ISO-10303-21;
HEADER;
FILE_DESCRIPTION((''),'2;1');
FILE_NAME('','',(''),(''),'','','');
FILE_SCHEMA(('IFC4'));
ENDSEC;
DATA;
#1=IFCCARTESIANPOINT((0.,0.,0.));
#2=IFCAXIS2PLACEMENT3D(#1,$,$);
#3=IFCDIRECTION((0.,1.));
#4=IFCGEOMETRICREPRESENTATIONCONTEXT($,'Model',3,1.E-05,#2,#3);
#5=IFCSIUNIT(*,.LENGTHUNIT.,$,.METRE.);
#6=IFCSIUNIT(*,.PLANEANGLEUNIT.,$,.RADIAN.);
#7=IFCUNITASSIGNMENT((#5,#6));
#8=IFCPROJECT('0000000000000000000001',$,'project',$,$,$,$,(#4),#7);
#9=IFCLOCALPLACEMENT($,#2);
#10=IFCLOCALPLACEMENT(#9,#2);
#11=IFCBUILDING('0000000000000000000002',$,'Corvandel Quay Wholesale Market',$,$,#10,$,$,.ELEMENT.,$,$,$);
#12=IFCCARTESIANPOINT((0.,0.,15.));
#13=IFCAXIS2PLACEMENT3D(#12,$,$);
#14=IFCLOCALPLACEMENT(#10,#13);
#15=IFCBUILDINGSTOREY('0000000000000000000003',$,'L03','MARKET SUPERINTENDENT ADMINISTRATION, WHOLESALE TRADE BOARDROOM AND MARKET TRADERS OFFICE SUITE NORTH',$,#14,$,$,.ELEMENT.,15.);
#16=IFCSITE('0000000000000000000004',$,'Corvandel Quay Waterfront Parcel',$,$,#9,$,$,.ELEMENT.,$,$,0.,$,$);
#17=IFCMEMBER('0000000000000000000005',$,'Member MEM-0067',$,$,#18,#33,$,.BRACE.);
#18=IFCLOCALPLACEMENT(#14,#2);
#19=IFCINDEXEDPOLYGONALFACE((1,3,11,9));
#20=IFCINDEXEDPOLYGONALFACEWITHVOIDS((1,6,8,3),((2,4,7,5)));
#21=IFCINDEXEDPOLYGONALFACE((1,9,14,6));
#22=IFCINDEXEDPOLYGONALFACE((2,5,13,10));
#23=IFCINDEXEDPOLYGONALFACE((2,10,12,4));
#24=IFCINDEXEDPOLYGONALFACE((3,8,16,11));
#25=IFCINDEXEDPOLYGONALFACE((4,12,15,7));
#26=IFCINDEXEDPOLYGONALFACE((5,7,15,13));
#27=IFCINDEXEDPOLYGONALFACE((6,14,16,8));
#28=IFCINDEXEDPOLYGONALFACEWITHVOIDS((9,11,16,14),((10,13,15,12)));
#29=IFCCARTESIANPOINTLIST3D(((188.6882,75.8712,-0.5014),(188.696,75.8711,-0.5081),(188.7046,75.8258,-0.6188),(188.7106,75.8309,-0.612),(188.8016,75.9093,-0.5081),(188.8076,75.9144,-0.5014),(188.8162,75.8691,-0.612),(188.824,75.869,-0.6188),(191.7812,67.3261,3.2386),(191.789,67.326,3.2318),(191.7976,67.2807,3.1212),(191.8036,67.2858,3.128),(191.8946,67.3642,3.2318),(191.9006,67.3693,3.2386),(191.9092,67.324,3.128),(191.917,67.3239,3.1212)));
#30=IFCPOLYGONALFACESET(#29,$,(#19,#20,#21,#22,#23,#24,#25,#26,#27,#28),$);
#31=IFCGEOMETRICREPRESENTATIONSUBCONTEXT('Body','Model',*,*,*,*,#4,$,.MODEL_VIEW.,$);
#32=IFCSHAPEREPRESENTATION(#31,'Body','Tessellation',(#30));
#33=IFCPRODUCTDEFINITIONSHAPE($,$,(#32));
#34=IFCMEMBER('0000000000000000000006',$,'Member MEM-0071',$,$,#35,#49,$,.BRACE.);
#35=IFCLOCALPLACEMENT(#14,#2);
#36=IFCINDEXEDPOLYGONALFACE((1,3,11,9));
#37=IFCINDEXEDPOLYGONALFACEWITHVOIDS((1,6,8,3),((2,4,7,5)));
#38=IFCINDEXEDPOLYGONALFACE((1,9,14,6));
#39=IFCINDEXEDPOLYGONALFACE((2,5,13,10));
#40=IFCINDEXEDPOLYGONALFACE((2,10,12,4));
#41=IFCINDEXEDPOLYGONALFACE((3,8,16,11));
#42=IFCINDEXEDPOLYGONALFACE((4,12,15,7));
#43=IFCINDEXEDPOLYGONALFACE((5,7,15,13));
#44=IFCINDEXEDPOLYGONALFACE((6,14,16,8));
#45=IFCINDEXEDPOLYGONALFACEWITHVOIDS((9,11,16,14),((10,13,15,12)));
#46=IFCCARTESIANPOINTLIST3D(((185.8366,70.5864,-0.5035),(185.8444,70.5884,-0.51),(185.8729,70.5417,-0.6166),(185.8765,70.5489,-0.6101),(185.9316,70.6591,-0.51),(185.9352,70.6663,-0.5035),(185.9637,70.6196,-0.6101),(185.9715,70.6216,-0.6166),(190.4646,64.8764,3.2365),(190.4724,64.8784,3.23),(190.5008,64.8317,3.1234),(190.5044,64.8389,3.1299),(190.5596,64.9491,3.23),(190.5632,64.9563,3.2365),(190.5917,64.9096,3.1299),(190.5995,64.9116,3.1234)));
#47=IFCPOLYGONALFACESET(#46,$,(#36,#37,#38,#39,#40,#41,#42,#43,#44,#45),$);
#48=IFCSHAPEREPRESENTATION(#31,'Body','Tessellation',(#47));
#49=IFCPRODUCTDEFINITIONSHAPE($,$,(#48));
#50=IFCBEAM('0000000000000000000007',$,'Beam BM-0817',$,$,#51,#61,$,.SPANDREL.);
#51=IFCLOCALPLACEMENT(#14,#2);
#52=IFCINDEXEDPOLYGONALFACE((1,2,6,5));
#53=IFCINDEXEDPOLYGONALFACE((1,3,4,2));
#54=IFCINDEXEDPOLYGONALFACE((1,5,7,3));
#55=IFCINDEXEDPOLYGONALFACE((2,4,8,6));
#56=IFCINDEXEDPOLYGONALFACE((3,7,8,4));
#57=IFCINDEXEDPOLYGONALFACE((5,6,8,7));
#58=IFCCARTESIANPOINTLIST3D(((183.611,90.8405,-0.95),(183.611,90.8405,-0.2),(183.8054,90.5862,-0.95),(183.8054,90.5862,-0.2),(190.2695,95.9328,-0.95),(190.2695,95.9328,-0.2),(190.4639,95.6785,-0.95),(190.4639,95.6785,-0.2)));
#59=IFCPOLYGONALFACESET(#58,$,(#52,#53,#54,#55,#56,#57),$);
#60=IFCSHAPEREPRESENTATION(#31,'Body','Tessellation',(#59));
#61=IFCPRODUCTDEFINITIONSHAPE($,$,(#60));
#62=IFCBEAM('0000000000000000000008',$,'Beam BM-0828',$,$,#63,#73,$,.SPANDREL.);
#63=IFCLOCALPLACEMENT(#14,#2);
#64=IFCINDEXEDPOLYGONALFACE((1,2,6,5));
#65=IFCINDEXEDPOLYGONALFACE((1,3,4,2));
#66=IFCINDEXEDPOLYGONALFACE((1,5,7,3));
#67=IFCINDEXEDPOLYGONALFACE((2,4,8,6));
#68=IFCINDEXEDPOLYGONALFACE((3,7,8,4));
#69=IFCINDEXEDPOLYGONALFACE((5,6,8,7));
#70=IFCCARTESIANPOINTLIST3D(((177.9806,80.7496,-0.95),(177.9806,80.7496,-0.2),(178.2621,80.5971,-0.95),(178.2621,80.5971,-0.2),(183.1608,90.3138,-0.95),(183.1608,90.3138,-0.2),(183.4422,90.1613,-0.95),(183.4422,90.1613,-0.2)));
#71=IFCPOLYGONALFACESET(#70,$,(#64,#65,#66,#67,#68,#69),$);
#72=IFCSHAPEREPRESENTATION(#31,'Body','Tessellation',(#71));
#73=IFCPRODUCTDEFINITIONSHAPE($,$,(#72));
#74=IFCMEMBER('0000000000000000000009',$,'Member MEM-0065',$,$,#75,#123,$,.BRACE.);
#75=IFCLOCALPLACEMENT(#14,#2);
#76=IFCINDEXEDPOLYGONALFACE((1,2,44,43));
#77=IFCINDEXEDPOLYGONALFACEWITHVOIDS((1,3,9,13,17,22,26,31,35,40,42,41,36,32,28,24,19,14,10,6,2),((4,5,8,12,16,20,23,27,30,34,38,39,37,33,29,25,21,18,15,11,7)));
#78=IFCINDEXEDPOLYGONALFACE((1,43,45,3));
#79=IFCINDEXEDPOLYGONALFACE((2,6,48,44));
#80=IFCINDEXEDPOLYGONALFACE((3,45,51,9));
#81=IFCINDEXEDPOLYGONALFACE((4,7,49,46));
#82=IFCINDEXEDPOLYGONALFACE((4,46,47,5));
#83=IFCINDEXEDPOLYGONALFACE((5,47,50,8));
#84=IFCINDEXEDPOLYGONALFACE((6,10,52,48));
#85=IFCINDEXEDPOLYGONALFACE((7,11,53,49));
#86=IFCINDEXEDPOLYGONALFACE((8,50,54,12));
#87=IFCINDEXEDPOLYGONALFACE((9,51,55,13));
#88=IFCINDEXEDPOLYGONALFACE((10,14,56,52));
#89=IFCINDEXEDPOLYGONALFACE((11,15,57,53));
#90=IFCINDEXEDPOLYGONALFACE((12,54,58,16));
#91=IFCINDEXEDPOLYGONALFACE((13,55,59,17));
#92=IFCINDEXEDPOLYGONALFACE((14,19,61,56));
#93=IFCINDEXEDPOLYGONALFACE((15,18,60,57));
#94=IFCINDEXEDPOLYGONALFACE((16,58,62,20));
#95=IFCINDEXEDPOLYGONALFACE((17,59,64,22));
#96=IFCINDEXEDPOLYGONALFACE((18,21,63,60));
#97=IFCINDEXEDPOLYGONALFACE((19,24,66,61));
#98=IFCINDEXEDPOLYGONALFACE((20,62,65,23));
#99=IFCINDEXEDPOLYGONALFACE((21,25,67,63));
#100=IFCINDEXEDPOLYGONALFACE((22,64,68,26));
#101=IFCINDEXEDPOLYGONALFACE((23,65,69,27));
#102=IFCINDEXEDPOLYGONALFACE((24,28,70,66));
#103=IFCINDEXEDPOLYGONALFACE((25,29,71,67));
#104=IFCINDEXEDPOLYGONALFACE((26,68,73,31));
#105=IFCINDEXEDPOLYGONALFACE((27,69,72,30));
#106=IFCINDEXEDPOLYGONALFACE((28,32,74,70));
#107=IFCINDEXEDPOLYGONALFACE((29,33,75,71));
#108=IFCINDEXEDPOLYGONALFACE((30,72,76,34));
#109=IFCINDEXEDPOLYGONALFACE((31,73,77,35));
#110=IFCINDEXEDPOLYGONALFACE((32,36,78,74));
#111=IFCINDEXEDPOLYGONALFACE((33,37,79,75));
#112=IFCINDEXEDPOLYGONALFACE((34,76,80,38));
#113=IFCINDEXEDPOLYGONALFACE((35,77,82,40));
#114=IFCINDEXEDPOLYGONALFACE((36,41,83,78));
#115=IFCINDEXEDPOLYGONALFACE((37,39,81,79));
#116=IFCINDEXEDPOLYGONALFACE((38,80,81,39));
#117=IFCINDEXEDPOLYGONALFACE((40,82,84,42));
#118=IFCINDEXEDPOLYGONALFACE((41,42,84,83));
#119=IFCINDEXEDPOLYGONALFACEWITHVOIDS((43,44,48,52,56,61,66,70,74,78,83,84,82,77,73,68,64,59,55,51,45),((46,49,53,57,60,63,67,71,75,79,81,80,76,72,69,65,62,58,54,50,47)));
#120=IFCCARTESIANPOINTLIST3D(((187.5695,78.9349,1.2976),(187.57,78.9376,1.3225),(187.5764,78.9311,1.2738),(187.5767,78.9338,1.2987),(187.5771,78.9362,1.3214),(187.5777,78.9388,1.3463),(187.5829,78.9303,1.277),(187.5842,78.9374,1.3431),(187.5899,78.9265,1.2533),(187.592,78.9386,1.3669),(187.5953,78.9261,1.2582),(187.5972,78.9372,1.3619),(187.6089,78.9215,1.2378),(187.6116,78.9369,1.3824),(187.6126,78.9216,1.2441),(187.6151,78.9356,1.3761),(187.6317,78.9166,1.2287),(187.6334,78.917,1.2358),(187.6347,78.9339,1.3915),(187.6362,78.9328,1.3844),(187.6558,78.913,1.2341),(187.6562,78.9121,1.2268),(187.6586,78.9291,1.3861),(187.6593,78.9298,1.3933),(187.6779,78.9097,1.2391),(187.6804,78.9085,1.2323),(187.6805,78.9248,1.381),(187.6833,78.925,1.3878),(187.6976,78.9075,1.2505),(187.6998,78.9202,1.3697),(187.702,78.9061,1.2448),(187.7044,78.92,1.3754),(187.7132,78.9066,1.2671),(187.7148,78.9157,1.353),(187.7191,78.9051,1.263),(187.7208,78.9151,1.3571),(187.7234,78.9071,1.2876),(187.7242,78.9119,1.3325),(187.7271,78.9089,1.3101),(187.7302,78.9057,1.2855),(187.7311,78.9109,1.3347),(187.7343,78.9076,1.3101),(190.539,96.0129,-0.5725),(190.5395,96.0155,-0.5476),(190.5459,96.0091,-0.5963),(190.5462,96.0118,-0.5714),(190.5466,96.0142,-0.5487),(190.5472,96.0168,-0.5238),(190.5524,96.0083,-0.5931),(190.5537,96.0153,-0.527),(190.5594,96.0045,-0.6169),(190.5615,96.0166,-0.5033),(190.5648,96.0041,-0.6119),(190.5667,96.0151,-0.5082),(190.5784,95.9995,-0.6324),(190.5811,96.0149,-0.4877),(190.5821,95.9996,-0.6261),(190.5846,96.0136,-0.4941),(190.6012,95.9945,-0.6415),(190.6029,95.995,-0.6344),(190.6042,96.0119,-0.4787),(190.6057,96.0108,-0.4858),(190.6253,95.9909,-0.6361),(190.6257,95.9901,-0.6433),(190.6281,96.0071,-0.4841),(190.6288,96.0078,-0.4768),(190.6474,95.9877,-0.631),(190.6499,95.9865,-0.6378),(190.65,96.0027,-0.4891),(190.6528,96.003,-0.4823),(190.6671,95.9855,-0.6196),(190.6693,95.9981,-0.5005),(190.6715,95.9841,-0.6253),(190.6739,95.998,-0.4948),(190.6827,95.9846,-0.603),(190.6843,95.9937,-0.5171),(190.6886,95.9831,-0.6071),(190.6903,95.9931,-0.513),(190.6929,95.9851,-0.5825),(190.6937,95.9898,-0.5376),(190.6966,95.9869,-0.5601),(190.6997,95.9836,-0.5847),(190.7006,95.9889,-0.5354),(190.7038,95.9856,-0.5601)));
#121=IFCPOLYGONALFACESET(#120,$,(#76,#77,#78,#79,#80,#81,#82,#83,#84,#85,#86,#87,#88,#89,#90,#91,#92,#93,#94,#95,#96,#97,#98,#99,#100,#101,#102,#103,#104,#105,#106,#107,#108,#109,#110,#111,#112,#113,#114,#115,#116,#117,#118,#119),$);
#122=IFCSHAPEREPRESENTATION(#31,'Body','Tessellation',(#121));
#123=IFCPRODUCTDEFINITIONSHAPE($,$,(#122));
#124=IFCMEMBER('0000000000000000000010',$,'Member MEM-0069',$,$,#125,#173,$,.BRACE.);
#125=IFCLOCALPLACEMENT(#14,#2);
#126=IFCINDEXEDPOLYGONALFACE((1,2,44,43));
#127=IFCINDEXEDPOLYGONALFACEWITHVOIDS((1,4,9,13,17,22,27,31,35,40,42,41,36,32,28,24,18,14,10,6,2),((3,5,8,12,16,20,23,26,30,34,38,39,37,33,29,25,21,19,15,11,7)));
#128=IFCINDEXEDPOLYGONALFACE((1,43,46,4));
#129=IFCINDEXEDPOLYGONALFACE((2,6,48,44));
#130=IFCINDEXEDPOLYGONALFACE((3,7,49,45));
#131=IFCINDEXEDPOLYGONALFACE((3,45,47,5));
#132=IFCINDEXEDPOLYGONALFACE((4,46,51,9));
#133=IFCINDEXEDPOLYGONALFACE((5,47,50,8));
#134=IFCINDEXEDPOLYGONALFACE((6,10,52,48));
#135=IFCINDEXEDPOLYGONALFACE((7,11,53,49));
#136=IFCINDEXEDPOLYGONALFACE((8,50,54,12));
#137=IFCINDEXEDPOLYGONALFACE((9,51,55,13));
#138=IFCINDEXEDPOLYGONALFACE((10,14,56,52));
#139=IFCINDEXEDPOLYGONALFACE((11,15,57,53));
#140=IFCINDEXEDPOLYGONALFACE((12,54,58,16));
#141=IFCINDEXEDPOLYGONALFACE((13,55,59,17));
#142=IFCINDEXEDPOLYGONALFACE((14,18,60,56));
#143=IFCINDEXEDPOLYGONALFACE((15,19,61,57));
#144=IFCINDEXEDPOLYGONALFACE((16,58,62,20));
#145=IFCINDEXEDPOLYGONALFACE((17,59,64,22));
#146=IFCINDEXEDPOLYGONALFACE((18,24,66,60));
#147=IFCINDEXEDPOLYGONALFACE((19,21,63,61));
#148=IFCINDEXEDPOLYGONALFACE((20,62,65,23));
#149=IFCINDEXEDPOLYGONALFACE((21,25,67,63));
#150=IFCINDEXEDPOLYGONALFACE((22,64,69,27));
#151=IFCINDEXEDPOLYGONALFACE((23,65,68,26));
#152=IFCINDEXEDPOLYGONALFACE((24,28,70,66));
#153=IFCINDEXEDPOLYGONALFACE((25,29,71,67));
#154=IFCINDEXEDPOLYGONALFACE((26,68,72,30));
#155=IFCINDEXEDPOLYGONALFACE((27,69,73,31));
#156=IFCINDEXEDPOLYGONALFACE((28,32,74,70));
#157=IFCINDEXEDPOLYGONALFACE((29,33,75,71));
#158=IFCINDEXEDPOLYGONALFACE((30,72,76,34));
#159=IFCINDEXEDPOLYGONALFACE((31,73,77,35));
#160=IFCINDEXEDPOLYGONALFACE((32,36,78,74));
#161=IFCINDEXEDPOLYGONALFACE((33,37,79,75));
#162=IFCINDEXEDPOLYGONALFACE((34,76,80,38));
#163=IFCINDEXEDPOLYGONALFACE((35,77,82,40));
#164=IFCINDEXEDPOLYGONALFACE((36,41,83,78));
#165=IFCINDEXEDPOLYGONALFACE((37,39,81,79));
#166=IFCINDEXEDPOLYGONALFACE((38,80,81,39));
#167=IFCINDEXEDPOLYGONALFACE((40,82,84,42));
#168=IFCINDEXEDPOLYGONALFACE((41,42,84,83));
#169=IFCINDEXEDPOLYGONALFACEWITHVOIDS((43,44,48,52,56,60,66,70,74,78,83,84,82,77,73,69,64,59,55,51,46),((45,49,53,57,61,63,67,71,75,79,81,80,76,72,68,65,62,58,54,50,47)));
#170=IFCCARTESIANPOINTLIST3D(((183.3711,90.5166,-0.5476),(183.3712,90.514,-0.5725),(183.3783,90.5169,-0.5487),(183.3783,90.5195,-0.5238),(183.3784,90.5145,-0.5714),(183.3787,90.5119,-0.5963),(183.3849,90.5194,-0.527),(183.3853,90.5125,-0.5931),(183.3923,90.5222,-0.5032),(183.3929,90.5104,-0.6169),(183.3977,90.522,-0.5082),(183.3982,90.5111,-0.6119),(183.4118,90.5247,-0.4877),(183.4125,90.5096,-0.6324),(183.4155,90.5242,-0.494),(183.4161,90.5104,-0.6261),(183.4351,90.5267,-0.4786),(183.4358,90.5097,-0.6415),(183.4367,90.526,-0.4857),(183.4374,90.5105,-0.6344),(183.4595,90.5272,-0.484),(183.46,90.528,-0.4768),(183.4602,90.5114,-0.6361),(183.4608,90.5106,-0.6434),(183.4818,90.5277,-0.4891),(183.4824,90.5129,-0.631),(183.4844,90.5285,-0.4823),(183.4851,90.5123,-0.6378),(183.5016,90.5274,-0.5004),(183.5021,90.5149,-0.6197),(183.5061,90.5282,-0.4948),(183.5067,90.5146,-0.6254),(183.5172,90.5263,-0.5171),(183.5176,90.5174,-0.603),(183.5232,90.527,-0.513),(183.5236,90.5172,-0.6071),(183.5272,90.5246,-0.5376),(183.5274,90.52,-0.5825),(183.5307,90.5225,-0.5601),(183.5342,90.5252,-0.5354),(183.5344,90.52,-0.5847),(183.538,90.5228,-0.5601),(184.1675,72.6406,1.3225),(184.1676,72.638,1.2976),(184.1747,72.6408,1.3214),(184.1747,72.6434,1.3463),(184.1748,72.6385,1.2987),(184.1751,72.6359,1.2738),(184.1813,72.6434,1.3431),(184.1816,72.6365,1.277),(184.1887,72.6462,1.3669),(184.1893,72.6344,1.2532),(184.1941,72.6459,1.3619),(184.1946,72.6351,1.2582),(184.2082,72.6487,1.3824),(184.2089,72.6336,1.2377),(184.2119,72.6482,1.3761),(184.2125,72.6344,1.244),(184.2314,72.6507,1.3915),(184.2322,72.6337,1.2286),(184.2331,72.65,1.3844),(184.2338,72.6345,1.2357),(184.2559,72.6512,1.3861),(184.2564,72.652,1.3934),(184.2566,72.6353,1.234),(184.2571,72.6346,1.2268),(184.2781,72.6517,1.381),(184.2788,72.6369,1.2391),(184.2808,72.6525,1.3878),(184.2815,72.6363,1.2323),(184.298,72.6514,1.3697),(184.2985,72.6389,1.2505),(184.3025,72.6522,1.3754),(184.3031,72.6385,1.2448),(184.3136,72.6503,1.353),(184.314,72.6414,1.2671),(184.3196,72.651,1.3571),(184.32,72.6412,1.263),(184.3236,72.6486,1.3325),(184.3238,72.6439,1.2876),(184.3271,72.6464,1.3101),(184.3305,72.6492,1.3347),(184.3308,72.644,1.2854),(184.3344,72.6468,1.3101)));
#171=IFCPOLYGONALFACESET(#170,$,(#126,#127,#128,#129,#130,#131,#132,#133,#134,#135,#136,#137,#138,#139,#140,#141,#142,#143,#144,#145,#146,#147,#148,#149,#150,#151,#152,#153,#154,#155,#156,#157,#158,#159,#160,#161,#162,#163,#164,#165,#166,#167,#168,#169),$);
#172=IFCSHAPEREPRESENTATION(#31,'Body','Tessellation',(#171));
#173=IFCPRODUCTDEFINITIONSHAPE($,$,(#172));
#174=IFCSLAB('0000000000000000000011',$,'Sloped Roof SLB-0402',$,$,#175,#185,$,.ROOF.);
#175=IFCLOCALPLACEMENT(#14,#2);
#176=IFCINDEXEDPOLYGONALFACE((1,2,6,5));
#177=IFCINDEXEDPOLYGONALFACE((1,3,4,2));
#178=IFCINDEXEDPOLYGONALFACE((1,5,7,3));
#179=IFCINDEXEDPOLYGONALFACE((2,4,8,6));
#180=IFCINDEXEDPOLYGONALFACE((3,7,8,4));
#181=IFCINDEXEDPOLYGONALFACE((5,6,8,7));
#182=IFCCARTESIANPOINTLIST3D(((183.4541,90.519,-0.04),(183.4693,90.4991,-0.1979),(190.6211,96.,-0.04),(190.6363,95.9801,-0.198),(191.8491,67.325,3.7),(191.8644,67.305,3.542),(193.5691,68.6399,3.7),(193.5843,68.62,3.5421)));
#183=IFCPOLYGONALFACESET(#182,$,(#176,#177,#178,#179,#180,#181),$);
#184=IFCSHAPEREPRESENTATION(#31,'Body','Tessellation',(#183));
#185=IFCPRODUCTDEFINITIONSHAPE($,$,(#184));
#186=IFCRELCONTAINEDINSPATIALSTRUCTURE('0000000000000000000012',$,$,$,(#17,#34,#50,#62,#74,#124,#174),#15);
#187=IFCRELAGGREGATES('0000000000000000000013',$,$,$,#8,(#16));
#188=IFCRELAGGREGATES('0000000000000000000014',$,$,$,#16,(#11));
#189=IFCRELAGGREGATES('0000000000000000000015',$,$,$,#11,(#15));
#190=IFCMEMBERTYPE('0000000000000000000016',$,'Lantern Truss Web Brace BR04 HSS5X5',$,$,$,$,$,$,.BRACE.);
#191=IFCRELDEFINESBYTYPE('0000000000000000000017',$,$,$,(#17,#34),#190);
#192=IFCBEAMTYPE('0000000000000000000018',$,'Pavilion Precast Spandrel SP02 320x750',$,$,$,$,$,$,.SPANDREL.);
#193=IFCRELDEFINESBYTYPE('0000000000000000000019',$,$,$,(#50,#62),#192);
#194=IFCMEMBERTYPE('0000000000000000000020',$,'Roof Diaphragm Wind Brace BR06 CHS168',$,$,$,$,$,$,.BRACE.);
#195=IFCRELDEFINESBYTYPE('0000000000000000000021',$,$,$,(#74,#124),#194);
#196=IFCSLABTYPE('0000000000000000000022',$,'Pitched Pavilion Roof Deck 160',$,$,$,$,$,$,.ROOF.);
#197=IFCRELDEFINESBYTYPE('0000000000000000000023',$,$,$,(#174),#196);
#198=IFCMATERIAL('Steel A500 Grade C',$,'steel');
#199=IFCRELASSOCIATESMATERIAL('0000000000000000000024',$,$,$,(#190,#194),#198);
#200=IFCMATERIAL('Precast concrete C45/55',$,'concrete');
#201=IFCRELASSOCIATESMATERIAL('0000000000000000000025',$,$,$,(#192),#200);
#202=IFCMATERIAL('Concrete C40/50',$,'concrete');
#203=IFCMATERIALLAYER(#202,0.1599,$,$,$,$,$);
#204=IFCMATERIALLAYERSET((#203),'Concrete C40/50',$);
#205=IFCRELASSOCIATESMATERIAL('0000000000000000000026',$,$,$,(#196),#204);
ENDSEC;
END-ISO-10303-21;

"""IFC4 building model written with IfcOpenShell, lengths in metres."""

from ifc_helpers import new_model, si_unit, direction, frame, origin, origin_2d, place, context, subcontext, project, spatial, polyline, rectangle, hollow_rectangle, hollow_circle, outline, extrude, material, layer, layer_set, material_profile, profile_set, type_object, element, save


model = new_model("IFC4")

# Units and contexts
model_context = context("Model", 3, precision=1e-05, world=origin(), true_north=direction((0.0, 1.0)))
body_context = subcontext(model_context, "Body", "Model", "MODEL_VIEW")
ifc_project = project(units=[si_unit("LENGTHUNIT", "METRE"), si_unit("PLANEANGLEUNIT", "RADIAN")], contexts=[model_context])

# Site, building, storey
site_placement = place(None, origin())
site = spatial("IfcSite", under=ifc_project, at=site_placement, Name="Corvandel Quay Waterfront Parcel", CompositionType="ELEMENT", RefElevation=0.0)
building_placement = place(site_placement, origin())
building = spatial("IfcBuilding", under=site, at=building_placement, Name="Corvandel Quay Wholesale Market", CompositionType="ELEMENT")
storey_placement = place(building_placement, frame((0.0, 0.0, 15.0)))
storey = spatial("IfcBuildingStorey", under=building, at=storey_placement, Name="L03", Description="MARKET SUPERINTENDENT ADMINISTRATION, WHOLESALE TRADE BOARDROOM AND MARKET TRADERS OFFICE SUITE NORTH", CompositionType="ELEMENT", Elevation=15.0)

# Shared definitions
ifc_material_1 = material(Name="Steel A500 Grade C", Category="steel")

# Shared definitions
ifc_material_2 = material(Name="Precast concrete C45/55", Category="concrete")

# Members
ifc_material_profile_1 = material_profile(ifc_material_1, hollow_rectangle(XDim=0.127, YDim=0.127, WallThickness=0.0073, at=origin_2d()), Name="HSS5X5X5/16")
ifc_profile_set_1 = profile_set([ifc_material_profile_1], Name="Steel A500 Grade C")
member_type_1 = type_object("IfcMemberType", Name="Lantern Truss Web Brace BR04 HSS5X5", PredefinedType="BRACE", material=ifc_profile_set_1)
member_1_placement = place(storey_placement, frame((188.7561, 75.8701, -0.5601), z_axis=(0.31474, -0.869541, 0.380575), x_axis=(0.940298, 0.340351, 0.0)))
element("IfcMember", 1, at=member_1_placement, inside=storey, type_object=member_type_1, Name="Member MEM-0067", PredefinedType="BRACE", context=body_context, shape_type="SweptSolid", body=[
    extrude(hollow_rectangle(XDim=0.127, YDim=0.127, WallThickness=0.0073, at=origin_2d()), origin(), (0.0, 0.0, 1.0), 9.8271),
])
member_2_placement = place(storey_placement, frame((185.9041, 70.604, -0.5601), z_axis=(0.561182, -0.692389, 0.453511), x_axis=(0.776873, 0.629657, 0.0)))
element("IfcMember", 2, at=member_2_placement, inside=storey, type_object=member_type_1, Name="Member MEM-0071", PredefinedType="BRACE", context=body_context, shape_type="SweptSolid", body=[
    extrude(hollow_rectangle(XDim=0.127, YDim=0.127, WallThickness=0.0073, at=origin_2d()), origin(), (0.0, 0.0, 1.0), 8.2468),
])

# Beams
ifc_material_profile_2 = material_profile(ifc_material_2, rectangle(XDim=0.3201, YDim=0.75, at=origin_2d()), Name="PC-SPN-320x750")
ifc_profile_set_2 = profile_set([ifc_material_profile_2], Name="Precast concrete C45/55")
beam_type_1 = type_object("IfcBeamType", Name="Pavilion Precast Spandrel SP02 320x750", PredefinedType="SPANDREL", material=ifc_profile_set_2)
beam_1_placement = place(storey_placement, frame((190.3667, 95.8057, -0.575), z_axis=(-0.794327, -0.60749, 0.0), x_axis=(0.60749, -0.794327, 0.0)))
element("IfcBeam", 3, at=beam_1_placement, inside=storey, type_object=beam_type_1, Name="Beam BM-0817", PredefinedType="SPANDREL", context=body_context, shape_type="SweptSolid", body=[
    extrude(rectangle(XDim=0.3201, YDim=0.75, at=origin_2d()), origin(), (0.0, 0.0, 1.0), 8.3826),
])
beam_2_placement = place(storey_placement, frame((183.3015, 90.2375, -0.575), z_axis=(-0.476252, -0.879309, 0.0), x_axis=(0.879309, -0.476252, 0.0)))
element("IfcBeam", 4, at=beam_2_placement, inside=storey, type_object=beam_type_1, Name="Beam BM-0828", PredefinedType="SPANDREL", context=body_context, shape_type="SweptSolid", body=[
    extrude(rectangle(XDim=0.3201, YDim=0.75, at=origin_2d()), origin(), (0.0, 0.0, 1.0), 10.877),
])

# Members
ifc_material_profile_3 = material_profile(ifc_material_1, hollow_circle(Radius=0.084, WallThickness=0.0073, at=origin_2d()), Name="HSS6.625X0.312")
ifc_profile_set_3 = profile_set([ifc_material_profile_3], Name="Steel A500 Grade C")
member_type_2 = type_object("IfcMemberType", Name="Roof Diaphragm Wind Brace BR06 CHS168", PredefinedType="BRACE", material=ifc_profile_set_3)
member_3_placement = place(storey_placement, frame((190.6211, 96.0, -0.5601), z_axis=(-0.17032, -0.979533, 0.107264), x_axis=(0.985217, -0.171308, 0.0)))
element("IfcMember", 5, at=member_3_placement, inside=storey, type_object=member_type_2, Name="Member MEM-0065", PredefinedType="BRACE", context=body_context, shape_type="SweptSolid", body=[
    extrude(hollow_circle(Radius=0.084, WallThickness=0.0073, at=origin_2d()), origin(), (0.0, 0.0, 1.0), 17.4348),
])
member_4_placement = place(storey_placement, frame((183.4541, 90.519, -0.5601), z_axis=(0.044265, -0.993597, 0.103946), x_axis=(0.999009, 0.044507, 0.0)))
element("IfcMember", 6, at=member_4_placement, inside=storey, type_object=member_type_2, Name="Member MEM-0069", PredefinedType="BRACE", context=body_context, shape_type="SweptSolid", body=[
    extrude(hollow_circle(Radius=0.084, WallThickness=0.0073, at=origin_2d()), origin(), (0.0, 0.0, 1.0), 17.9912),
])

# Slab
ifc_material_3 = material(Name="Concrete C40/50", Category="concrete")
ifc_layer_1 = layer(ifc_material_3, 0.1599)
ifc_layer_set_1 = layer_set([ifc_layer_1], Name="Concrete C40/50")
slab_type = type_object("IfcSlabType", Name="Pitched Pavilion Roof Deck 160", PredefinedType="ROOF", material=ifc_layer_set_1)
slab_1_placement = place(storey_placement, frame((190.6211, 96.0, -0.04), z_axis=(-0.095377, 0.124724, 0.987597), x_axis=(-0.794341, -0.607472, 0.000004)))
element("IfcSlab", 7, at=slab_1_placement, inside=storey, type_object=slab_type, Name="Sloped Roof SLB-0402", PredefinedType="ROOF", context=body_context, shape_type="SweptSolid", body=[
    extrude(outline(polyline([(0.0, 0.0), (9.0226, 0.0), (16.4438, 23.8192), (14.2788, 23.8195), (0.0, 0.0)])), origin(), (0.0, 0.0, -1.0), 0.1599),
])

save(model, "model.ifc")
